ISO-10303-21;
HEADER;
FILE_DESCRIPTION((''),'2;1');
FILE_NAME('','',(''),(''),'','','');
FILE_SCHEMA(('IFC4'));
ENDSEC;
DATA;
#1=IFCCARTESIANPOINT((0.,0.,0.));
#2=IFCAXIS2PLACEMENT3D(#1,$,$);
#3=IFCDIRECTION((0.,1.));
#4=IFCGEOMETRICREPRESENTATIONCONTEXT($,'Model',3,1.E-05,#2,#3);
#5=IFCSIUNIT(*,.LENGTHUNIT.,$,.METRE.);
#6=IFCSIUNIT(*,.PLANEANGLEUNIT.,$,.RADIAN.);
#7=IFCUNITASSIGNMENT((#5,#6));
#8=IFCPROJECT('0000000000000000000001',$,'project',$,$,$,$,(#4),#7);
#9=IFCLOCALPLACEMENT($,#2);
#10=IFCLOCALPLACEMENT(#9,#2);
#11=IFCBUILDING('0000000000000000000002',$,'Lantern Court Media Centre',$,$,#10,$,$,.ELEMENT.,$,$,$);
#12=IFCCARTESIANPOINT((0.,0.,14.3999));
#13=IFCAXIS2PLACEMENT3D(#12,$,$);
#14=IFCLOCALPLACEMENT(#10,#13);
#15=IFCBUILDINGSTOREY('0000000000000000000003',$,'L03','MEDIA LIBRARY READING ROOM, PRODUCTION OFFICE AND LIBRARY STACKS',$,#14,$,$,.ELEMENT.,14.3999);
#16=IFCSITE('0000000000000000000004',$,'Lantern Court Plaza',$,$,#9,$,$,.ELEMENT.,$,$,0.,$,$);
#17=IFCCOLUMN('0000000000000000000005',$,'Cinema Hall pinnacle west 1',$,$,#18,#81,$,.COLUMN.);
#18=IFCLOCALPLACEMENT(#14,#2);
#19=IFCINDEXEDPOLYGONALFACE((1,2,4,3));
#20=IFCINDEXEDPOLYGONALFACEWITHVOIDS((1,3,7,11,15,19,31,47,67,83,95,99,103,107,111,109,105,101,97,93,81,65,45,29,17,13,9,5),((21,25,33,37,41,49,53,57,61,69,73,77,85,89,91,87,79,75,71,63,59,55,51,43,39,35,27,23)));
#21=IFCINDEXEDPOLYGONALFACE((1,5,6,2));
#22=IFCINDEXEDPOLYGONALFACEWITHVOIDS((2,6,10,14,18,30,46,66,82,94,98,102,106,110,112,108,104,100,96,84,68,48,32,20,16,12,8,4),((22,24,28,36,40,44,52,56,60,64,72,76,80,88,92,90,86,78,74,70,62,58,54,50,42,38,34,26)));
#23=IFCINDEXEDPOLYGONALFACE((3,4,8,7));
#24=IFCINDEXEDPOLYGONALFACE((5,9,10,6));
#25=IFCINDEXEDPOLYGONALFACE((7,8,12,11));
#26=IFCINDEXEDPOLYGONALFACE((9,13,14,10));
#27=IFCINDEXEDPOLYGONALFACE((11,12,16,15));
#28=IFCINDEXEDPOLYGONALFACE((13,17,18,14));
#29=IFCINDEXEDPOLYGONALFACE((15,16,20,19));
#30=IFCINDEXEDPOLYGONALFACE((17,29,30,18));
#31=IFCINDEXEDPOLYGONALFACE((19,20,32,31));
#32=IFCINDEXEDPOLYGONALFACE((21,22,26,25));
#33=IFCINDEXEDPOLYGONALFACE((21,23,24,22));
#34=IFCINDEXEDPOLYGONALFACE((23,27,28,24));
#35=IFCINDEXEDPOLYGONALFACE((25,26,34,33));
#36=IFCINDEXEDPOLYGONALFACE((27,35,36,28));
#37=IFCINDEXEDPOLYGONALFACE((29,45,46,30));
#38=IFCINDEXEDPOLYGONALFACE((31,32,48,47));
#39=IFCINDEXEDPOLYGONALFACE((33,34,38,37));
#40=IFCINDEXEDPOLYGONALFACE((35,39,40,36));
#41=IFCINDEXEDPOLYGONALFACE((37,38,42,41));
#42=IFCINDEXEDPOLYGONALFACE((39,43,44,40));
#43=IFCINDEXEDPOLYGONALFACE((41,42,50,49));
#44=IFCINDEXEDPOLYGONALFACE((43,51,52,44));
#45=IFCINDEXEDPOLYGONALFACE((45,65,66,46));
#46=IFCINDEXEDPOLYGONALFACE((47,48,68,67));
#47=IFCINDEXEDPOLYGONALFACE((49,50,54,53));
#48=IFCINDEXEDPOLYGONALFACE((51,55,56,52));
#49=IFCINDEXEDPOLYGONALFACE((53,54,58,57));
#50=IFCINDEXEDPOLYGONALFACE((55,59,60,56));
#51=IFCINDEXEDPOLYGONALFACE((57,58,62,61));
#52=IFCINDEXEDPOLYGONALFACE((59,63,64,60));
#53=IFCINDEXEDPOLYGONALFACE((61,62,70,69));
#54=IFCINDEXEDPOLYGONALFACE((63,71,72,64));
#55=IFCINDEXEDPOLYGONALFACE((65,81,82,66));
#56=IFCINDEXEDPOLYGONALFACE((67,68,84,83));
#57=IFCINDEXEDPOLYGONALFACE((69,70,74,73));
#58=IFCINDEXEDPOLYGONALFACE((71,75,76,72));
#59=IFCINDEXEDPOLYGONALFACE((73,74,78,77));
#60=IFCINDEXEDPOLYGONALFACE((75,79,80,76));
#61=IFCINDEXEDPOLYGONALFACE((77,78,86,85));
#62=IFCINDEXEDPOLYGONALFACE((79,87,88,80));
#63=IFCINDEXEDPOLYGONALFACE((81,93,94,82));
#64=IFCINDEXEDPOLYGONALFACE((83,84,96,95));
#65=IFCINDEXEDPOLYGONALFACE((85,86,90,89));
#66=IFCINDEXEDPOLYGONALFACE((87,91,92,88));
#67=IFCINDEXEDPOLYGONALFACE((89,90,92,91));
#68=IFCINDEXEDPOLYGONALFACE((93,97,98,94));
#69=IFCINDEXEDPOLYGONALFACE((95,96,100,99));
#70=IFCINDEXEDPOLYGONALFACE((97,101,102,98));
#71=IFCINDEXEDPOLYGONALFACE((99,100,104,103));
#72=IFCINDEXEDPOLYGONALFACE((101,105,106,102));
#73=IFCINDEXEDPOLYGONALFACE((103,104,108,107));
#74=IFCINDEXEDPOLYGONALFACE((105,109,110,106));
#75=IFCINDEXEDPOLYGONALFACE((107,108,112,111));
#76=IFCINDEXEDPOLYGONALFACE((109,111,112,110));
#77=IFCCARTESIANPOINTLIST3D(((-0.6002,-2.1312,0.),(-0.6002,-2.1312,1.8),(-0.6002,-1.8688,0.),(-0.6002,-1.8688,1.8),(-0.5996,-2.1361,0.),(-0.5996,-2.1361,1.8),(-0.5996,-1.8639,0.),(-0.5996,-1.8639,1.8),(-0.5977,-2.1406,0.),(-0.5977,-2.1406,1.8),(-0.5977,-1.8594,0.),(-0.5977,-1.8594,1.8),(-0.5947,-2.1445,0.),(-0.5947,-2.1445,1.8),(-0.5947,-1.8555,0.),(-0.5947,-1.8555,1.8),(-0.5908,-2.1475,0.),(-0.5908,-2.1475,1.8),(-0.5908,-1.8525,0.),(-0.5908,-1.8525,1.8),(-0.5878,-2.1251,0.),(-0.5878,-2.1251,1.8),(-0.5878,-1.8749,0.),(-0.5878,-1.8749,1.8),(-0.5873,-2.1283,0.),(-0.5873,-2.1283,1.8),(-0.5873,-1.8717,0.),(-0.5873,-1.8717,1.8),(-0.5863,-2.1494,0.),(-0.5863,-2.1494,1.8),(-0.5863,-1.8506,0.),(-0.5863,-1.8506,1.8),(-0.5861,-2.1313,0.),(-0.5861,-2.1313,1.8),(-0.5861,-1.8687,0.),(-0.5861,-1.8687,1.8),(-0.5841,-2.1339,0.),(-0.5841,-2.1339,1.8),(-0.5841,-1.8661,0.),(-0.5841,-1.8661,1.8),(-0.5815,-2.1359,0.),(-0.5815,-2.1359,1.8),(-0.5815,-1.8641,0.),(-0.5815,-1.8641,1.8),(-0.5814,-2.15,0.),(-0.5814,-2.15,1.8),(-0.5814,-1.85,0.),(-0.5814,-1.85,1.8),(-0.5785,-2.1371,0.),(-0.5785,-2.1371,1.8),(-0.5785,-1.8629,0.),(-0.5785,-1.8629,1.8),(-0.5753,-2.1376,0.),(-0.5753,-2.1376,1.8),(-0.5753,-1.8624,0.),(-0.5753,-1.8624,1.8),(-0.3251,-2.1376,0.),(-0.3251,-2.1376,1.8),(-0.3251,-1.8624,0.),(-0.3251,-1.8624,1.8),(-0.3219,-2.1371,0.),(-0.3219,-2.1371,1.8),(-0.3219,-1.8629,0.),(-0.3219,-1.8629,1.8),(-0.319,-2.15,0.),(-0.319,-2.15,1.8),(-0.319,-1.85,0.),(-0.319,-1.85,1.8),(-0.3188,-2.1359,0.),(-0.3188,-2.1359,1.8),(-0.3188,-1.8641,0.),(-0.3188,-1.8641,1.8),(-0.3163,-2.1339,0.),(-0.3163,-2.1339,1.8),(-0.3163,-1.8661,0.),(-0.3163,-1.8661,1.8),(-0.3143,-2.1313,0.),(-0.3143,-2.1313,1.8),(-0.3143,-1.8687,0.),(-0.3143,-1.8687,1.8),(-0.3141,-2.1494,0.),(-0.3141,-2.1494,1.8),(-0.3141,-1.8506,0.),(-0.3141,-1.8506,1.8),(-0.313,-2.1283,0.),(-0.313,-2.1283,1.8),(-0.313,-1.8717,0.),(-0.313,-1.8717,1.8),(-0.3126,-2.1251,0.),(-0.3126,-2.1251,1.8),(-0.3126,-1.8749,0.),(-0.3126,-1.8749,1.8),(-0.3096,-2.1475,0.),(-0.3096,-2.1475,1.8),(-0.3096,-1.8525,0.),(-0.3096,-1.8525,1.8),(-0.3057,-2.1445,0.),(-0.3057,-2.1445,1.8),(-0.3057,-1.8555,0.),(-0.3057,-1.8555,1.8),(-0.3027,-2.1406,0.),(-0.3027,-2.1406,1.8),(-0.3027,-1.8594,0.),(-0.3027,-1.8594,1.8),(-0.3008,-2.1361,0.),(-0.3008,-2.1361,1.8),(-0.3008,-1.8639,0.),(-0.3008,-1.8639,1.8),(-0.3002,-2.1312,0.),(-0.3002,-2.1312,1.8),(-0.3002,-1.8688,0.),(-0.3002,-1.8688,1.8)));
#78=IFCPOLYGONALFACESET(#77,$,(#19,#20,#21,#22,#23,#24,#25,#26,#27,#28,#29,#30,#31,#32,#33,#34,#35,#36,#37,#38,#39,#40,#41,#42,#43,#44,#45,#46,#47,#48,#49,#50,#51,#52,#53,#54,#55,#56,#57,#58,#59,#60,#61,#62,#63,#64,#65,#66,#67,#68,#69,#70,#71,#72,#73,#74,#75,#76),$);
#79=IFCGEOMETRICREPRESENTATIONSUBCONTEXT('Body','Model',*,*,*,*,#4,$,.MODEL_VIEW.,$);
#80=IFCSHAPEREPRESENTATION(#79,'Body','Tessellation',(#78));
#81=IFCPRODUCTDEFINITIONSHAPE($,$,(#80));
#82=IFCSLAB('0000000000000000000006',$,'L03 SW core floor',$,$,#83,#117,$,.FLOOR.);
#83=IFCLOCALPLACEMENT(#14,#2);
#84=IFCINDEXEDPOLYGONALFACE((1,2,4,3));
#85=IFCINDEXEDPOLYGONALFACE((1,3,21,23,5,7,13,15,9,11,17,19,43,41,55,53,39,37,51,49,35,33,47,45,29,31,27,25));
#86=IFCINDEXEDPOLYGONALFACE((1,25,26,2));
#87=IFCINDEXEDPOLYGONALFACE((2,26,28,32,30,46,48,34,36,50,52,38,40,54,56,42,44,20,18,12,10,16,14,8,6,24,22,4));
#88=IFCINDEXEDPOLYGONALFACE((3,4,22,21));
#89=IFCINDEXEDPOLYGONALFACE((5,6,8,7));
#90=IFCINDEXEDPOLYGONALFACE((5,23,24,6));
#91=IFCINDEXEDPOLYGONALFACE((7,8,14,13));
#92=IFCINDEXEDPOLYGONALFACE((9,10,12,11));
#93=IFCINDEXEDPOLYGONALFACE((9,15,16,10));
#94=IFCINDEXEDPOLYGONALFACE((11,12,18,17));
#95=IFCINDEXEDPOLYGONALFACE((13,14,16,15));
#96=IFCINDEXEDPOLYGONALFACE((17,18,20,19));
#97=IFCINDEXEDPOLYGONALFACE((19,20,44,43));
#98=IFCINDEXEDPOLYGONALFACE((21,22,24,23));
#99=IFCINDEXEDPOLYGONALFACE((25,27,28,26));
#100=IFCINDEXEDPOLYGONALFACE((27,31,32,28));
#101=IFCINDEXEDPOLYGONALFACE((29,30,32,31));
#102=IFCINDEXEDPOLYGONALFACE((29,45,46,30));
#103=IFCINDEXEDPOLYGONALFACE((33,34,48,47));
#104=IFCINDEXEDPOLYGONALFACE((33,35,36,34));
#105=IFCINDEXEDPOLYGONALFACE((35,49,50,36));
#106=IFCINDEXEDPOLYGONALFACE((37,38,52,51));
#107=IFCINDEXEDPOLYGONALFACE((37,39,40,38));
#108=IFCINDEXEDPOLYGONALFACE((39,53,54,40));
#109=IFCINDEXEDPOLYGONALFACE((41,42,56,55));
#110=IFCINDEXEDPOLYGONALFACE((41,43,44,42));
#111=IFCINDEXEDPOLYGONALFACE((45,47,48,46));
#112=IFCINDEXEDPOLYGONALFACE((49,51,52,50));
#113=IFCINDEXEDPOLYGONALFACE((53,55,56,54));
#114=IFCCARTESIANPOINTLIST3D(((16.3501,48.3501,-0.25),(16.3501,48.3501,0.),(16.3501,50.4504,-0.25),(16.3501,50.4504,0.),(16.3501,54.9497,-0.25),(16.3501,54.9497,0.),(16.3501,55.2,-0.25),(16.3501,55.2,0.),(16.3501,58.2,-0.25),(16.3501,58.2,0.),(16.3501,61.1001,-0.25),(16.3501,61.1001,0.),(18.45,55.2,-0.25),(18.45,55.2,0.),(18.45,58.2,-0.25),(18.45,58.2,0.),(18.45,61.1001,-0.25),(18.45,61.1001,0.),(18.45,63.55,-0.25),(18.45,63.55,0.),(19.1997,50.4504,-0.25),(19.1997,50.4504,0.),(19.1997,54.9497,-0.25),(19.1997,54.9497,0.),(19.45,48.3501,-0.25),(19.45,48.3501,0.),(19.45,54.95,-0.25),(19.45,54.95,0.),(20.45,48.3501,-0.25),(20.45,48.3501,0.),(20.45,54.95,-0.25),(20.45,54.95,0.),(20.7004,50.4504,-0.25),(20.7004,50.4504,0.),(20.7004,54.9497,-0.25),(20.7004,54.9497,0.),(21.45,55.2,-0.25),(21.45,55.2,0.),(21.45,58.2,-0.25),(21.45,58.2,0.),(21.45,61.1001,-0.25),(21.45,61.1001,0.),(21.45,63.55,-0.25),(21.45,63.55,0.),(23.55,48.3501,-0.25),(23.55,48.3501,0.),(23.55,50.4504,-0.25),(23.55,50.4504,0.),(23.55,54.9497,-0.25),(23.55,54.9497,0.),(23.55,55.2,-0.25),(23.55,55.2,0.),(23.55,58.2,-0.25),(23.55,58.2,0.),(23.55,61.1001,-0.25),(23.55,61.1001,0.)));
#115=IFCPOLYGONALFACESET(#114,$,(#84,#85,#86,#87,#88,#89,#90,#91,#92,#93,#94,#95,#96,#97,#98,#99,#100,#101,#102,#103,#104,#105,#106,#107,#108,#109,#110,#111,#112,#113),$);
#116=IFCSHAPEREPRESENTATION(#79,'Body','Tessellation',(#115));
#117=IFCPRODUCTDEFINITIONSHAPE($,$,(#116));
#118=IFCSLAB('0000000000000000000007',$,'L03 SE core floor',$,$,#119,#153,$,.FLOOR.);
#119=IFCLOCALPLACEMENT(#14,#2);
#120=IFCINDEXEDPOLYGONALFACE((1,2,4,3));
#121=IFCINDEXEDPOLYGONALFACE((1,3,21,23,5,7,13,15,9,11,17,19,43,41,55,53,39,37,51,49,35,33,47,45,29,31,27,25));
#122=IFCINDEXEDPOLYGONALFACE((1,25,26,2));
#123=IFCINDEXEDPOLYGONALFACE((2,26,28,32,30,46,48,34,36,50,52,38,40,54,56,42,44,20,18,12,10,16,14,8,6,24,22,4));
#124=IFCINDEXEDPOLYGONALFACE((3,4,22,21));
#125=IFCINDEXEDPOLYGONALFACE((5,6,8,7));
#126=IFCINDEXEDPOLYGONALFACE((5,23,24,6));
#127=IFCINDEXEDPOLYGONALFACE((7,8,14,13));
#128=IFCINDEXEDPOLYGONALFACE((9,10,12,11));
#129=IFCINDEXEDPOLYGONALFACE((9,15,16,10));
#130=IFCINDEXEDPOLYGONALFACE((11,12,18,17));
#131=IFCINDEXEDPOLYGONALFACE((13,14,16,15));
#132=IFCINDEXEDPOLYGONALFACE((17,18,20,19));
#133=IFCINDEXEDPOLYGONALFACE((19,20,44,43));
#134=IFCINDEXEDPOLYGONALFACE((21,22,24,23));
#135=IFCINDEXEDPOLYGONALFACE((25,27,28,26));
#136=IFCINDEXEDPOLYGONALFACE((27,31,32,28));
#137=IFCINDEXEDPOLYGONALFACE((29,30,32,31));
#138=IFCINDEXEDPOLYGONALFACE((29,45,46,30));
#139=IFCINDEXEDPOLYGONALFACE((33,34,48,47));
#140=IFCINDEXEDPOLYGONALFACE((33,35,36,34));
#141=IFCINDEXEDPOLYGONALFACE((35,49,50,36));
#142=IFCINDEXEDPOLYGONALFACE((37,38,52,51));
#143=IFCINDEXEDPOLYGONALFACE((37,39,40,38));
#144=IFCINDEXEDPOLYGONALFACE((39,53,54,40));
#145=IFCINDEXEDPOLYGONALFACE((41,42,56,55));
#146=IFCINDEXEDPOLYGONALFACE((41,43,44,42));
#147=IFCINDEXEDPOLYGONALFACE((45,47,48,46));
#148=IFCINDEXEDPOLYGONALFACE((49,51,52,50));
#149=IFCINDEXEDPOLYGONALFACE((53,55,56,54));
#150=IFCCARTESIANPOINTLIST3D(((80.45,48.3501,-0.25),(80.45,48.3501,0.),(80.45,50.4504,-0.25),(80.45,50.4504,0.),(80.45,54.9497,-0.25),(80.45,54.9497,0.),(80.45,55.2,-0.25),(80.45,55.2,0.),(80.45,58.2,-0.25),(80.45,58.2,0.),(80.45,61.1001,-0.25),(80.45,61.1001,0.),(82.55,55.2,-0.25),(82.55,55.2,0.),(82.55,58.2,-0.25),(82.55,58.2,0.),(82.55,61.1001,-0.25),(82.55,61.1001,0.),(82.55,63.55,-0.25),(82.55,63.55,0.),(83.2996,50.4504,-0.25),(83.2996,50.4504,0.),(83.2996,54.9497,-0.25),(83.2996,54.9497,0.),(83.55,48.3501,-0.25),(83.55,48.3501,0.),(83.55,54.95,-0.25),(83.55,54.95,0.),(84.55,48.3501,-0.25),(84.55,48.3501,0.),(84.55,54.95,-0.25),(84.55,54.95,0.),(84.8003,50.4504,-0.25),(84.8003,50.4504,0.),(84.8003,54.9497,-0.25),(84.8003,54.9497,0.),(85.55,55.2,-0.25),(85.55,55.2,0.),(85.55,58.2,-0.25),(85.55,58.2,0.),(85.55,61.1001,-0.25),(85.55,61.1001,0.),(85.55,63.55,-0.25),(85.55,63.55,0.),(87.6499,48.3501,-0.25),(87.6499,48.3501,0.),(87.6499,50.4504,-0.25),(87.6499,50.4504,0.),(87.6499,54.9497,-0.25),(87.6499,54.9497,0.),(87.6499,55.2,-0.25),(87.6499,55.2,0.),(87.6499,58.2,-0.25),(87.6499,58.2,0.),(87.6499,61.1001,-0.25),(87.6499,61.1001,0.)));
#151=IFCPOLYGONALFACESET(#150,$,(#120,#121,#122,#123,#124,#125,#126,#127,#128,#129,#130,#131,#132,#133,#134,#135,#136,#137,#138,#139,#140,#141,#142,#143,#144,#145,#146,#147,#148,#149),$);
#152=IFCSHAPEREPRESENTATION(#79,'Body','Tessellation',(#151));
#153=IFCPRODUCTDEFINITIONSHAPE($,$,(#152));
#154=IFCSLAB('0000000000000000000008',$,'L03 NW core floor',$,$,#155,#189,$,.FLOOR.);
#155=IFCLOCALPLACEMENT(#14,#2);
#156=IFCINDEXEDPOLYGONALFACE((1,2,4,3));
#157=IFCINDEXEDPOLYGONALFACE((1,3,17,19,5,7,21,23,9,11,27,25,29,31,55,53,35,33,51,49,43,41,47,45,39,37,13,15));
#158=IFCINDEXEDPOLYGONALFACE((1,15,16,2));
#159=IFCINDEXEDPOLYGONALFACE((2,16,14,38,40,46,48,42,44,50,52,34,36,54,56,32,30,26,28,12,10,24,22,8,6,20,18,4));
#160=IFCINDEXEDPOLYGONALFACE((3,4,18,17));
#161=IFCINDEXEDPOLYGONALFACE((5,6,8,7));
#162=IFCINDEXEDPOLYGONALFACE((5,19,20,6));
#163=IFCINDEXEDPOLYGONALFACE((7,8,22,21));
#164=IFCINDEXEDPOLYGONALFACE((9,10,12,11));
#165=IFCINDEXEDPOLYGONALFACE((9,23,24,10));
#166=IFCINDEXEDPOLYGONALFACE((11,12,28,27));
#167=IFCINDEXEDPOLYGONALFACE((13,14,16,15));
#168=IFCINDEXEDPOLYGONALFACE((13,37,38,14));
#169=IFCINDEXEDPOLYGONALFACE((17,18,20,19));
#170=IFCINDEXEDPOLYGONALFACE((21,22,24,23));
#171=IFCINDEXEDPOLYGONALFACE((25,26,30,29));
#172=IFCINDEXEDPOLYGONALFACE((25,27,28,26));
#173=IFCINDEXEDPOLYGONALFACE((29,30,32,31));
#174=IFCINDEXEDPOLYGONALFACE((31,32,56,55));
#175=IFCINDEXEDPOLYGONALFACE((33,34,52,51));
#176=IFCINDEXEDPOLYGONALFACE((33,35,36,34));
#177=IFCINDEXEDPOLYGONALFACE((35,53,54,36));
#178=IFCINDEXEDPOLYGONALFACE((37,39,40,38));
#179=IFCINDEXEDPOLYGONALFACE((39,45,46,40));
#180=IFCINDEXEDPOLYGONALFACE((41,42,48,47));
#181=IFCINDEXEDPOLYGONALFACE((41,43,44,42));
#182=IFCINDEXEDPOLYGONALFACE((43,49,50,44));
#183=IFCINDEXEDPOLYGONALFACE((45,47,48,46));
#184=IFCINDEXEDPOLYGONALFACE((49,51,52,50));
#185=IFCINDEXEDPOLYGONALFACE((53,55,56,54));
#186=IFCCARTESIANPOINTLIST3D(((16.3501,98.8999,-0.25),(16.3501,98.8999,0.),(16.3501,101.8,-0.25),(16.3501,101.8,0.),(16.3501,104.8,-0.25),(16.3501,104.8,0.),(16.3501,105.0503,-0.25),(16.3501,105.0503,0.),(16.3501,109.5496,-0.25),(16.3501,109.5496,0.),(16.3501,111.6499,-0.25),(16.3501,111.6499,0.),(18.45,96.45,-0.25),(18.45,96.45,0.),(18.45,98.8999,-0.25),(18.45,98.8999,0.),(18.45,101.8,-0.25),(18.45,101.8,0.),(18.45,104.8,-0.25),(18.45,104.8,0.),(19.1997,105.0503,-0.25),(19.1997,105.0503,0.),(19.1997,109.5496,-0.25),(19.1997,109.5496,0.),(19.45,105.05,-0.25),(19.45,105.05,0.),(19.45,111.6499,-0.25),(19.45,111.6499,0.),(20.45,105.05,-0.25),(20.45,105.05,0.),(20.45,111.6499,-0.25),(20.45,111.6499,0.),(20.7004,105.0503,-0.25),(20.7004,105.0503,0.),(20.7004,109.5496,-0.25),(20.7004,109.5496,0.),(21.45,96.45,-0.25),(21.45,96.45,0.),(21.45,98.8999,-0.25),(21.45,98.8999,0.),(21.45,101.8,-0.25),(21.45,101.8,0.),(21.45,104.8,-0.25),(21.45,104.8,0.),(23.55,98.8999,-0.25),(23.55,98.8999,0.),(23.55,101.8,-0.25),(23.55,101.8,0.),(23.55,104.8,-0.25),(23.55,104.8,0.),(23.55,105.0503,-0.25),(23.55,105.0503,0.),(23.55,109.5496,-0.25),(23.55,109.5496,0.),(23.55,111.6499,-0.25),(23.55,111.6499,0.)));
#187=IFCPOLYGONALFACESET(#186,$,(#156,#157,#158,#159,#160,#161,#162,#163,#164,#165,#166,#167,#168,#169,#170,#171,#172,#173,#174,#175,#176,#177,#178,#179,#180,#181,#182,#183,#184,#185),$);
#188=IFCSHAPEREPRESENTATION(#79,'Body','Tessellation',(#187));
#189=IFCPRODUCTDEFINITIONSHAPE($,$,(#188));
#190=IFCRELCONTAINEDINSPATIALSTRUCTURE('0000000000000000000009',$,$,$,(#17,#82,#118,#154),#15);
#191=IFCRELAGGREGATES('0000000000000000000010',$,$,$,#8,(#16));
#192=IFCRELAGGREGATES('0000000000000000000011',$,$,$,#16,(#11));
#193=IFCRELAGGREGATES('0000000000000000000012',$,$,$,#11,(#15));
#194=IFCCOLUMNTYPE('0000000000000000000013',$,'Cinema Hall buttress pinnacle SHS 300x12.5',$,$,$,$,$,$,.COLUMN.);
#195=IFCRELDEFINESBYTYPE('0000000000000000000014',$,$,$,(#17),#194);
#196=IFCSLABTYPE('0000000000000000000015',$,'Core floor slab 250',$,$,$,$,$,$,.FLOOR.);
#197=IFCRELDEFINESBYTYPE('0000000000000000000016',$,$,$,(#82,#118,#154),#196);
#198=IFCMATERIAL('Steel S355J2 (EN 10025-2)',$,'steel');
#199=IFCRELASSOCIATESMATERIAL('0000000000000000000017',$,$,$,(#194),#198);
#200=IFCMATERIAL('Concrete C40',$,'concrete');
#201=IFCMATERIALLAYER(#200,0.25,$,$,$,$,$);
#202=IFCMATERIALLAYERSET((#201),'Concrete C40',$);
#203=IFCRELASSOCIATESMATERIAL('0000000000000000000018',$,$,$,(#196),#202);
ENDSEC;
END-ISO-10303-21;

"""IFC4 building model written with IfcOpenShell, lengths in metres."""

from ifc_helpers import new_model, si_unit, direction, frame, origin, origin_2d, place, context, subcontext, project, spatial, polyline, hollow_rectangle, outline, extrude, material, layer, layer_set, material_profile, profile_set, type_object, element, save


model = new_model("IFC4")

# Units and contexts
model_context = context("Model", 3, precision=1e-05, world=origin(), true_north=direction((0.0, 1.0)))
body_context = subcontext(model_context, "Body", "Model", "MODEL_VIEW")
ifc_project = project(units=[si_unit("LENGTHUNIT", "METRE"), si_unit("PLANEANGLEUNIT", "RADIAN")], contexts=[model_context])

# Site, building, storey
site_placement = place(None, origin())
site = spatial("IfcSite", under=ifc_project, at=site_placement, Name="Lantern Court Plaza", CompositionType="ELEMENT", RefElevation=0.0)
building_placement = place(site_placement, origin())
building = spatial("IfcBuilding", under=site, at=building_placement, Name="Lantern Court Media Centre", CompositionType="ELEMENT")
storey_placement = place(building_placement, frame((0.0, 0.0, 14.3999)))
storey = spatial("IfcBuildingStorey", under=building, at=storey_placement, Name="L03", Description="MEDIA LIBRARY READING ROOM, PRODUCTION OFFICE AND LIBRARY STACKS", CompositionType="ELEMENT", Elevation=14.3999)

# Column
ifc_material_1 = material(Name="Steel S355J2 (EN 10025-2)", Category="steel")
ifc_material_profile = material_profile(ifc_material_1, hollow_rectangle(XDim=0.3, YDim=0.3, WallThickness=0.0125, InnerFilletRadius=0.0125, OuterFilletRadius=0.0188, at=origin_2d()), Name="Cinema Hall buttress pinnacle SHS 300x12.5")
ifc_profile_set = profile_set([ifc_material_profile], Name="Steel S355J2 (EN 10025-2)")
column_type = type_object("IfcColumnType", Name="Cinema Hall buttress pinnacle SHS 300x12.5", PredefinedType="COLUMN", material=ifc_profile_set)
column_placement = place(storey_placement, frame((-0.4502, -2.0, 0.0), z_axis=(0.0, 0.0, 1.0), x_axis=(1.0, 0.0, 0.0)))
element("IfcColumn", 1, at=column_placement, inside=storey, type_object=column_type, Name="Cinema Hall pinnacle west 1", PredefinedType="COLUMN", context=body_context, shape_type="SweptSolid", body=[
    extrude(hollow_rectangle(XDim=0.3, YDim=0.3, WallThickness=0.0125, InnerFilletRadius=0.0125, OuterFilletRadius=0.0188, at=origin_2d()), origin(), (0.0, 0.0, 1.0), 1.8),
])

# Slabs
ifc_material_2 = material(Name="Concrete C40", Category="concrete")
ifc_layer_1 = layer(ifc_material_2, 0.25)
ifc_layer_set_1 = layer_set([ifc_layer_1], Name="Concrete C40")
slab_type_1 = type_object("IfcSlabType", Name="Core floor slab 250", PredefinedType="FLOOR", material=ifc_layer_set_1)
slab_1_placement = place(storey_placement, frame((0.0, 0.0, -0.25)))
element("IfcSlab", 2, at=slab_1_placement, inside=storey, type_object=slab_type_1, Name="L03 SW core floor", PredefinedType="FLOOR", context=body_context, shape_type="SweptSolid", body=[
    extrude(outline(polyline([(16.3501, 58.2), (16.3501, 61.1001), (18.45, 61.1001), (18.45, 63.55), (21.45, 63.55), (21.45, 61.1001), (23.55, 61.1001), (23.55, 58.2), (21.45, 58.2), (21.45, 55.2), (23.55, 55.2), (23.55, 54.9497), (20.7004, 54.9497), (20.7004, 50.4504), (23.55, 50.4504), (23.55, 48.3501), (20.45, 48.3501), (20.45, 54.95), (19.45, 54.95), (19.45, 48.3501), (16.3501, 48.3501), (16.3501, 50.4504), (19.1997, 50.4504), (19.1997, 54.9497), (16.3501, 54.9497), (16.3501, 55.2), (18.45, 55.2), (18.45, 58.2), (16.3501, 58.2)])), origin(), (0.0, 0.0, 1.0), 0.25),
])
slab_2_placement = place(storey_placement, frame((0.0, 0.0, -0.25)))
element("IfcSlab", 3, at=slab_2_placement, inside=storey, type_object=slab_type_1, Name="L03 SE core floor", PredefinedType="FLOOR", context=body_context, shape_type="SweptSolid", body=[
    extrude(outline(polyline([(87.6499, 55.2), (87.6499, 54.9497), (84.8003, 54.9497), (84.8003, 50.4504), (87.6499, 50.4504), (87.6499, 48.3501), (84.55, 48.3501), (84.55, 54.95), (83.55, 54.95), (83.55, 48.3501), (80.45, 48.3501), (80.45, 50.4504), (83.2996, 50.4504), (83.2996, 54.9497), (80.45, 54.9497), (80.45, 55.2), (82.55, 55.2), (82.55, 58.2), (80.45, 58.2), (80.45, 61.1001), (82.55, 61.1001), (82.55, 63.55), (85.55, 63.55), (85.55, 61.1001), (87.6499, 61.1001), (87.6499, 58.2), (85.55, 58.2), (85.55, 55.2), (87.6499, 55.2)])), origin(), (0.0, 0.0, 1.0), 0.25),
])
slab_3_placement = place(storey_placement, frame((0.0, 0.0, -0.25)))
element("IfcSlab", 4, at=slab_3_placement, inside=storey, type_object=slab_type_1, Name="L03 NW core floor", PredefinedType="FLOOR", context=body_context, shape_type="SweptSolid", body=[
    extrude(outline(polyline([(16.3501, 104.8), (16.3501, 105.0503), (19.1997, 105.0503), (19.1997, 109.5496), (16.3501, 109.5496), (16.3501, 111.6499), (19.45, 111.6499), (19.45, 105.05), (20.45, 105.05), (20.45, 111.6499), (23.55, 111.6499), (23.55, 109.5496), (20.7004, 109.5496), (20.7004, 105.0503), (23.55, 105.0503), (23.55, 104.8), (21.45, 104.8), (21.45, 101.8), (23.55, 101.8), (23.55, 98.8999), (21.45, 98.8999), (21.45, 96.45), (18.45, 96.45), (18.45, 98.8999), (16.3501, 98.8999), (16.3501, 101.8), (18.45, 101.8), (18.45, 104.8), (16.3501, 104.8)])), origin(), (0.0, 0.0, 1.0), 0.25),
])

save(model, "model.ifc")
